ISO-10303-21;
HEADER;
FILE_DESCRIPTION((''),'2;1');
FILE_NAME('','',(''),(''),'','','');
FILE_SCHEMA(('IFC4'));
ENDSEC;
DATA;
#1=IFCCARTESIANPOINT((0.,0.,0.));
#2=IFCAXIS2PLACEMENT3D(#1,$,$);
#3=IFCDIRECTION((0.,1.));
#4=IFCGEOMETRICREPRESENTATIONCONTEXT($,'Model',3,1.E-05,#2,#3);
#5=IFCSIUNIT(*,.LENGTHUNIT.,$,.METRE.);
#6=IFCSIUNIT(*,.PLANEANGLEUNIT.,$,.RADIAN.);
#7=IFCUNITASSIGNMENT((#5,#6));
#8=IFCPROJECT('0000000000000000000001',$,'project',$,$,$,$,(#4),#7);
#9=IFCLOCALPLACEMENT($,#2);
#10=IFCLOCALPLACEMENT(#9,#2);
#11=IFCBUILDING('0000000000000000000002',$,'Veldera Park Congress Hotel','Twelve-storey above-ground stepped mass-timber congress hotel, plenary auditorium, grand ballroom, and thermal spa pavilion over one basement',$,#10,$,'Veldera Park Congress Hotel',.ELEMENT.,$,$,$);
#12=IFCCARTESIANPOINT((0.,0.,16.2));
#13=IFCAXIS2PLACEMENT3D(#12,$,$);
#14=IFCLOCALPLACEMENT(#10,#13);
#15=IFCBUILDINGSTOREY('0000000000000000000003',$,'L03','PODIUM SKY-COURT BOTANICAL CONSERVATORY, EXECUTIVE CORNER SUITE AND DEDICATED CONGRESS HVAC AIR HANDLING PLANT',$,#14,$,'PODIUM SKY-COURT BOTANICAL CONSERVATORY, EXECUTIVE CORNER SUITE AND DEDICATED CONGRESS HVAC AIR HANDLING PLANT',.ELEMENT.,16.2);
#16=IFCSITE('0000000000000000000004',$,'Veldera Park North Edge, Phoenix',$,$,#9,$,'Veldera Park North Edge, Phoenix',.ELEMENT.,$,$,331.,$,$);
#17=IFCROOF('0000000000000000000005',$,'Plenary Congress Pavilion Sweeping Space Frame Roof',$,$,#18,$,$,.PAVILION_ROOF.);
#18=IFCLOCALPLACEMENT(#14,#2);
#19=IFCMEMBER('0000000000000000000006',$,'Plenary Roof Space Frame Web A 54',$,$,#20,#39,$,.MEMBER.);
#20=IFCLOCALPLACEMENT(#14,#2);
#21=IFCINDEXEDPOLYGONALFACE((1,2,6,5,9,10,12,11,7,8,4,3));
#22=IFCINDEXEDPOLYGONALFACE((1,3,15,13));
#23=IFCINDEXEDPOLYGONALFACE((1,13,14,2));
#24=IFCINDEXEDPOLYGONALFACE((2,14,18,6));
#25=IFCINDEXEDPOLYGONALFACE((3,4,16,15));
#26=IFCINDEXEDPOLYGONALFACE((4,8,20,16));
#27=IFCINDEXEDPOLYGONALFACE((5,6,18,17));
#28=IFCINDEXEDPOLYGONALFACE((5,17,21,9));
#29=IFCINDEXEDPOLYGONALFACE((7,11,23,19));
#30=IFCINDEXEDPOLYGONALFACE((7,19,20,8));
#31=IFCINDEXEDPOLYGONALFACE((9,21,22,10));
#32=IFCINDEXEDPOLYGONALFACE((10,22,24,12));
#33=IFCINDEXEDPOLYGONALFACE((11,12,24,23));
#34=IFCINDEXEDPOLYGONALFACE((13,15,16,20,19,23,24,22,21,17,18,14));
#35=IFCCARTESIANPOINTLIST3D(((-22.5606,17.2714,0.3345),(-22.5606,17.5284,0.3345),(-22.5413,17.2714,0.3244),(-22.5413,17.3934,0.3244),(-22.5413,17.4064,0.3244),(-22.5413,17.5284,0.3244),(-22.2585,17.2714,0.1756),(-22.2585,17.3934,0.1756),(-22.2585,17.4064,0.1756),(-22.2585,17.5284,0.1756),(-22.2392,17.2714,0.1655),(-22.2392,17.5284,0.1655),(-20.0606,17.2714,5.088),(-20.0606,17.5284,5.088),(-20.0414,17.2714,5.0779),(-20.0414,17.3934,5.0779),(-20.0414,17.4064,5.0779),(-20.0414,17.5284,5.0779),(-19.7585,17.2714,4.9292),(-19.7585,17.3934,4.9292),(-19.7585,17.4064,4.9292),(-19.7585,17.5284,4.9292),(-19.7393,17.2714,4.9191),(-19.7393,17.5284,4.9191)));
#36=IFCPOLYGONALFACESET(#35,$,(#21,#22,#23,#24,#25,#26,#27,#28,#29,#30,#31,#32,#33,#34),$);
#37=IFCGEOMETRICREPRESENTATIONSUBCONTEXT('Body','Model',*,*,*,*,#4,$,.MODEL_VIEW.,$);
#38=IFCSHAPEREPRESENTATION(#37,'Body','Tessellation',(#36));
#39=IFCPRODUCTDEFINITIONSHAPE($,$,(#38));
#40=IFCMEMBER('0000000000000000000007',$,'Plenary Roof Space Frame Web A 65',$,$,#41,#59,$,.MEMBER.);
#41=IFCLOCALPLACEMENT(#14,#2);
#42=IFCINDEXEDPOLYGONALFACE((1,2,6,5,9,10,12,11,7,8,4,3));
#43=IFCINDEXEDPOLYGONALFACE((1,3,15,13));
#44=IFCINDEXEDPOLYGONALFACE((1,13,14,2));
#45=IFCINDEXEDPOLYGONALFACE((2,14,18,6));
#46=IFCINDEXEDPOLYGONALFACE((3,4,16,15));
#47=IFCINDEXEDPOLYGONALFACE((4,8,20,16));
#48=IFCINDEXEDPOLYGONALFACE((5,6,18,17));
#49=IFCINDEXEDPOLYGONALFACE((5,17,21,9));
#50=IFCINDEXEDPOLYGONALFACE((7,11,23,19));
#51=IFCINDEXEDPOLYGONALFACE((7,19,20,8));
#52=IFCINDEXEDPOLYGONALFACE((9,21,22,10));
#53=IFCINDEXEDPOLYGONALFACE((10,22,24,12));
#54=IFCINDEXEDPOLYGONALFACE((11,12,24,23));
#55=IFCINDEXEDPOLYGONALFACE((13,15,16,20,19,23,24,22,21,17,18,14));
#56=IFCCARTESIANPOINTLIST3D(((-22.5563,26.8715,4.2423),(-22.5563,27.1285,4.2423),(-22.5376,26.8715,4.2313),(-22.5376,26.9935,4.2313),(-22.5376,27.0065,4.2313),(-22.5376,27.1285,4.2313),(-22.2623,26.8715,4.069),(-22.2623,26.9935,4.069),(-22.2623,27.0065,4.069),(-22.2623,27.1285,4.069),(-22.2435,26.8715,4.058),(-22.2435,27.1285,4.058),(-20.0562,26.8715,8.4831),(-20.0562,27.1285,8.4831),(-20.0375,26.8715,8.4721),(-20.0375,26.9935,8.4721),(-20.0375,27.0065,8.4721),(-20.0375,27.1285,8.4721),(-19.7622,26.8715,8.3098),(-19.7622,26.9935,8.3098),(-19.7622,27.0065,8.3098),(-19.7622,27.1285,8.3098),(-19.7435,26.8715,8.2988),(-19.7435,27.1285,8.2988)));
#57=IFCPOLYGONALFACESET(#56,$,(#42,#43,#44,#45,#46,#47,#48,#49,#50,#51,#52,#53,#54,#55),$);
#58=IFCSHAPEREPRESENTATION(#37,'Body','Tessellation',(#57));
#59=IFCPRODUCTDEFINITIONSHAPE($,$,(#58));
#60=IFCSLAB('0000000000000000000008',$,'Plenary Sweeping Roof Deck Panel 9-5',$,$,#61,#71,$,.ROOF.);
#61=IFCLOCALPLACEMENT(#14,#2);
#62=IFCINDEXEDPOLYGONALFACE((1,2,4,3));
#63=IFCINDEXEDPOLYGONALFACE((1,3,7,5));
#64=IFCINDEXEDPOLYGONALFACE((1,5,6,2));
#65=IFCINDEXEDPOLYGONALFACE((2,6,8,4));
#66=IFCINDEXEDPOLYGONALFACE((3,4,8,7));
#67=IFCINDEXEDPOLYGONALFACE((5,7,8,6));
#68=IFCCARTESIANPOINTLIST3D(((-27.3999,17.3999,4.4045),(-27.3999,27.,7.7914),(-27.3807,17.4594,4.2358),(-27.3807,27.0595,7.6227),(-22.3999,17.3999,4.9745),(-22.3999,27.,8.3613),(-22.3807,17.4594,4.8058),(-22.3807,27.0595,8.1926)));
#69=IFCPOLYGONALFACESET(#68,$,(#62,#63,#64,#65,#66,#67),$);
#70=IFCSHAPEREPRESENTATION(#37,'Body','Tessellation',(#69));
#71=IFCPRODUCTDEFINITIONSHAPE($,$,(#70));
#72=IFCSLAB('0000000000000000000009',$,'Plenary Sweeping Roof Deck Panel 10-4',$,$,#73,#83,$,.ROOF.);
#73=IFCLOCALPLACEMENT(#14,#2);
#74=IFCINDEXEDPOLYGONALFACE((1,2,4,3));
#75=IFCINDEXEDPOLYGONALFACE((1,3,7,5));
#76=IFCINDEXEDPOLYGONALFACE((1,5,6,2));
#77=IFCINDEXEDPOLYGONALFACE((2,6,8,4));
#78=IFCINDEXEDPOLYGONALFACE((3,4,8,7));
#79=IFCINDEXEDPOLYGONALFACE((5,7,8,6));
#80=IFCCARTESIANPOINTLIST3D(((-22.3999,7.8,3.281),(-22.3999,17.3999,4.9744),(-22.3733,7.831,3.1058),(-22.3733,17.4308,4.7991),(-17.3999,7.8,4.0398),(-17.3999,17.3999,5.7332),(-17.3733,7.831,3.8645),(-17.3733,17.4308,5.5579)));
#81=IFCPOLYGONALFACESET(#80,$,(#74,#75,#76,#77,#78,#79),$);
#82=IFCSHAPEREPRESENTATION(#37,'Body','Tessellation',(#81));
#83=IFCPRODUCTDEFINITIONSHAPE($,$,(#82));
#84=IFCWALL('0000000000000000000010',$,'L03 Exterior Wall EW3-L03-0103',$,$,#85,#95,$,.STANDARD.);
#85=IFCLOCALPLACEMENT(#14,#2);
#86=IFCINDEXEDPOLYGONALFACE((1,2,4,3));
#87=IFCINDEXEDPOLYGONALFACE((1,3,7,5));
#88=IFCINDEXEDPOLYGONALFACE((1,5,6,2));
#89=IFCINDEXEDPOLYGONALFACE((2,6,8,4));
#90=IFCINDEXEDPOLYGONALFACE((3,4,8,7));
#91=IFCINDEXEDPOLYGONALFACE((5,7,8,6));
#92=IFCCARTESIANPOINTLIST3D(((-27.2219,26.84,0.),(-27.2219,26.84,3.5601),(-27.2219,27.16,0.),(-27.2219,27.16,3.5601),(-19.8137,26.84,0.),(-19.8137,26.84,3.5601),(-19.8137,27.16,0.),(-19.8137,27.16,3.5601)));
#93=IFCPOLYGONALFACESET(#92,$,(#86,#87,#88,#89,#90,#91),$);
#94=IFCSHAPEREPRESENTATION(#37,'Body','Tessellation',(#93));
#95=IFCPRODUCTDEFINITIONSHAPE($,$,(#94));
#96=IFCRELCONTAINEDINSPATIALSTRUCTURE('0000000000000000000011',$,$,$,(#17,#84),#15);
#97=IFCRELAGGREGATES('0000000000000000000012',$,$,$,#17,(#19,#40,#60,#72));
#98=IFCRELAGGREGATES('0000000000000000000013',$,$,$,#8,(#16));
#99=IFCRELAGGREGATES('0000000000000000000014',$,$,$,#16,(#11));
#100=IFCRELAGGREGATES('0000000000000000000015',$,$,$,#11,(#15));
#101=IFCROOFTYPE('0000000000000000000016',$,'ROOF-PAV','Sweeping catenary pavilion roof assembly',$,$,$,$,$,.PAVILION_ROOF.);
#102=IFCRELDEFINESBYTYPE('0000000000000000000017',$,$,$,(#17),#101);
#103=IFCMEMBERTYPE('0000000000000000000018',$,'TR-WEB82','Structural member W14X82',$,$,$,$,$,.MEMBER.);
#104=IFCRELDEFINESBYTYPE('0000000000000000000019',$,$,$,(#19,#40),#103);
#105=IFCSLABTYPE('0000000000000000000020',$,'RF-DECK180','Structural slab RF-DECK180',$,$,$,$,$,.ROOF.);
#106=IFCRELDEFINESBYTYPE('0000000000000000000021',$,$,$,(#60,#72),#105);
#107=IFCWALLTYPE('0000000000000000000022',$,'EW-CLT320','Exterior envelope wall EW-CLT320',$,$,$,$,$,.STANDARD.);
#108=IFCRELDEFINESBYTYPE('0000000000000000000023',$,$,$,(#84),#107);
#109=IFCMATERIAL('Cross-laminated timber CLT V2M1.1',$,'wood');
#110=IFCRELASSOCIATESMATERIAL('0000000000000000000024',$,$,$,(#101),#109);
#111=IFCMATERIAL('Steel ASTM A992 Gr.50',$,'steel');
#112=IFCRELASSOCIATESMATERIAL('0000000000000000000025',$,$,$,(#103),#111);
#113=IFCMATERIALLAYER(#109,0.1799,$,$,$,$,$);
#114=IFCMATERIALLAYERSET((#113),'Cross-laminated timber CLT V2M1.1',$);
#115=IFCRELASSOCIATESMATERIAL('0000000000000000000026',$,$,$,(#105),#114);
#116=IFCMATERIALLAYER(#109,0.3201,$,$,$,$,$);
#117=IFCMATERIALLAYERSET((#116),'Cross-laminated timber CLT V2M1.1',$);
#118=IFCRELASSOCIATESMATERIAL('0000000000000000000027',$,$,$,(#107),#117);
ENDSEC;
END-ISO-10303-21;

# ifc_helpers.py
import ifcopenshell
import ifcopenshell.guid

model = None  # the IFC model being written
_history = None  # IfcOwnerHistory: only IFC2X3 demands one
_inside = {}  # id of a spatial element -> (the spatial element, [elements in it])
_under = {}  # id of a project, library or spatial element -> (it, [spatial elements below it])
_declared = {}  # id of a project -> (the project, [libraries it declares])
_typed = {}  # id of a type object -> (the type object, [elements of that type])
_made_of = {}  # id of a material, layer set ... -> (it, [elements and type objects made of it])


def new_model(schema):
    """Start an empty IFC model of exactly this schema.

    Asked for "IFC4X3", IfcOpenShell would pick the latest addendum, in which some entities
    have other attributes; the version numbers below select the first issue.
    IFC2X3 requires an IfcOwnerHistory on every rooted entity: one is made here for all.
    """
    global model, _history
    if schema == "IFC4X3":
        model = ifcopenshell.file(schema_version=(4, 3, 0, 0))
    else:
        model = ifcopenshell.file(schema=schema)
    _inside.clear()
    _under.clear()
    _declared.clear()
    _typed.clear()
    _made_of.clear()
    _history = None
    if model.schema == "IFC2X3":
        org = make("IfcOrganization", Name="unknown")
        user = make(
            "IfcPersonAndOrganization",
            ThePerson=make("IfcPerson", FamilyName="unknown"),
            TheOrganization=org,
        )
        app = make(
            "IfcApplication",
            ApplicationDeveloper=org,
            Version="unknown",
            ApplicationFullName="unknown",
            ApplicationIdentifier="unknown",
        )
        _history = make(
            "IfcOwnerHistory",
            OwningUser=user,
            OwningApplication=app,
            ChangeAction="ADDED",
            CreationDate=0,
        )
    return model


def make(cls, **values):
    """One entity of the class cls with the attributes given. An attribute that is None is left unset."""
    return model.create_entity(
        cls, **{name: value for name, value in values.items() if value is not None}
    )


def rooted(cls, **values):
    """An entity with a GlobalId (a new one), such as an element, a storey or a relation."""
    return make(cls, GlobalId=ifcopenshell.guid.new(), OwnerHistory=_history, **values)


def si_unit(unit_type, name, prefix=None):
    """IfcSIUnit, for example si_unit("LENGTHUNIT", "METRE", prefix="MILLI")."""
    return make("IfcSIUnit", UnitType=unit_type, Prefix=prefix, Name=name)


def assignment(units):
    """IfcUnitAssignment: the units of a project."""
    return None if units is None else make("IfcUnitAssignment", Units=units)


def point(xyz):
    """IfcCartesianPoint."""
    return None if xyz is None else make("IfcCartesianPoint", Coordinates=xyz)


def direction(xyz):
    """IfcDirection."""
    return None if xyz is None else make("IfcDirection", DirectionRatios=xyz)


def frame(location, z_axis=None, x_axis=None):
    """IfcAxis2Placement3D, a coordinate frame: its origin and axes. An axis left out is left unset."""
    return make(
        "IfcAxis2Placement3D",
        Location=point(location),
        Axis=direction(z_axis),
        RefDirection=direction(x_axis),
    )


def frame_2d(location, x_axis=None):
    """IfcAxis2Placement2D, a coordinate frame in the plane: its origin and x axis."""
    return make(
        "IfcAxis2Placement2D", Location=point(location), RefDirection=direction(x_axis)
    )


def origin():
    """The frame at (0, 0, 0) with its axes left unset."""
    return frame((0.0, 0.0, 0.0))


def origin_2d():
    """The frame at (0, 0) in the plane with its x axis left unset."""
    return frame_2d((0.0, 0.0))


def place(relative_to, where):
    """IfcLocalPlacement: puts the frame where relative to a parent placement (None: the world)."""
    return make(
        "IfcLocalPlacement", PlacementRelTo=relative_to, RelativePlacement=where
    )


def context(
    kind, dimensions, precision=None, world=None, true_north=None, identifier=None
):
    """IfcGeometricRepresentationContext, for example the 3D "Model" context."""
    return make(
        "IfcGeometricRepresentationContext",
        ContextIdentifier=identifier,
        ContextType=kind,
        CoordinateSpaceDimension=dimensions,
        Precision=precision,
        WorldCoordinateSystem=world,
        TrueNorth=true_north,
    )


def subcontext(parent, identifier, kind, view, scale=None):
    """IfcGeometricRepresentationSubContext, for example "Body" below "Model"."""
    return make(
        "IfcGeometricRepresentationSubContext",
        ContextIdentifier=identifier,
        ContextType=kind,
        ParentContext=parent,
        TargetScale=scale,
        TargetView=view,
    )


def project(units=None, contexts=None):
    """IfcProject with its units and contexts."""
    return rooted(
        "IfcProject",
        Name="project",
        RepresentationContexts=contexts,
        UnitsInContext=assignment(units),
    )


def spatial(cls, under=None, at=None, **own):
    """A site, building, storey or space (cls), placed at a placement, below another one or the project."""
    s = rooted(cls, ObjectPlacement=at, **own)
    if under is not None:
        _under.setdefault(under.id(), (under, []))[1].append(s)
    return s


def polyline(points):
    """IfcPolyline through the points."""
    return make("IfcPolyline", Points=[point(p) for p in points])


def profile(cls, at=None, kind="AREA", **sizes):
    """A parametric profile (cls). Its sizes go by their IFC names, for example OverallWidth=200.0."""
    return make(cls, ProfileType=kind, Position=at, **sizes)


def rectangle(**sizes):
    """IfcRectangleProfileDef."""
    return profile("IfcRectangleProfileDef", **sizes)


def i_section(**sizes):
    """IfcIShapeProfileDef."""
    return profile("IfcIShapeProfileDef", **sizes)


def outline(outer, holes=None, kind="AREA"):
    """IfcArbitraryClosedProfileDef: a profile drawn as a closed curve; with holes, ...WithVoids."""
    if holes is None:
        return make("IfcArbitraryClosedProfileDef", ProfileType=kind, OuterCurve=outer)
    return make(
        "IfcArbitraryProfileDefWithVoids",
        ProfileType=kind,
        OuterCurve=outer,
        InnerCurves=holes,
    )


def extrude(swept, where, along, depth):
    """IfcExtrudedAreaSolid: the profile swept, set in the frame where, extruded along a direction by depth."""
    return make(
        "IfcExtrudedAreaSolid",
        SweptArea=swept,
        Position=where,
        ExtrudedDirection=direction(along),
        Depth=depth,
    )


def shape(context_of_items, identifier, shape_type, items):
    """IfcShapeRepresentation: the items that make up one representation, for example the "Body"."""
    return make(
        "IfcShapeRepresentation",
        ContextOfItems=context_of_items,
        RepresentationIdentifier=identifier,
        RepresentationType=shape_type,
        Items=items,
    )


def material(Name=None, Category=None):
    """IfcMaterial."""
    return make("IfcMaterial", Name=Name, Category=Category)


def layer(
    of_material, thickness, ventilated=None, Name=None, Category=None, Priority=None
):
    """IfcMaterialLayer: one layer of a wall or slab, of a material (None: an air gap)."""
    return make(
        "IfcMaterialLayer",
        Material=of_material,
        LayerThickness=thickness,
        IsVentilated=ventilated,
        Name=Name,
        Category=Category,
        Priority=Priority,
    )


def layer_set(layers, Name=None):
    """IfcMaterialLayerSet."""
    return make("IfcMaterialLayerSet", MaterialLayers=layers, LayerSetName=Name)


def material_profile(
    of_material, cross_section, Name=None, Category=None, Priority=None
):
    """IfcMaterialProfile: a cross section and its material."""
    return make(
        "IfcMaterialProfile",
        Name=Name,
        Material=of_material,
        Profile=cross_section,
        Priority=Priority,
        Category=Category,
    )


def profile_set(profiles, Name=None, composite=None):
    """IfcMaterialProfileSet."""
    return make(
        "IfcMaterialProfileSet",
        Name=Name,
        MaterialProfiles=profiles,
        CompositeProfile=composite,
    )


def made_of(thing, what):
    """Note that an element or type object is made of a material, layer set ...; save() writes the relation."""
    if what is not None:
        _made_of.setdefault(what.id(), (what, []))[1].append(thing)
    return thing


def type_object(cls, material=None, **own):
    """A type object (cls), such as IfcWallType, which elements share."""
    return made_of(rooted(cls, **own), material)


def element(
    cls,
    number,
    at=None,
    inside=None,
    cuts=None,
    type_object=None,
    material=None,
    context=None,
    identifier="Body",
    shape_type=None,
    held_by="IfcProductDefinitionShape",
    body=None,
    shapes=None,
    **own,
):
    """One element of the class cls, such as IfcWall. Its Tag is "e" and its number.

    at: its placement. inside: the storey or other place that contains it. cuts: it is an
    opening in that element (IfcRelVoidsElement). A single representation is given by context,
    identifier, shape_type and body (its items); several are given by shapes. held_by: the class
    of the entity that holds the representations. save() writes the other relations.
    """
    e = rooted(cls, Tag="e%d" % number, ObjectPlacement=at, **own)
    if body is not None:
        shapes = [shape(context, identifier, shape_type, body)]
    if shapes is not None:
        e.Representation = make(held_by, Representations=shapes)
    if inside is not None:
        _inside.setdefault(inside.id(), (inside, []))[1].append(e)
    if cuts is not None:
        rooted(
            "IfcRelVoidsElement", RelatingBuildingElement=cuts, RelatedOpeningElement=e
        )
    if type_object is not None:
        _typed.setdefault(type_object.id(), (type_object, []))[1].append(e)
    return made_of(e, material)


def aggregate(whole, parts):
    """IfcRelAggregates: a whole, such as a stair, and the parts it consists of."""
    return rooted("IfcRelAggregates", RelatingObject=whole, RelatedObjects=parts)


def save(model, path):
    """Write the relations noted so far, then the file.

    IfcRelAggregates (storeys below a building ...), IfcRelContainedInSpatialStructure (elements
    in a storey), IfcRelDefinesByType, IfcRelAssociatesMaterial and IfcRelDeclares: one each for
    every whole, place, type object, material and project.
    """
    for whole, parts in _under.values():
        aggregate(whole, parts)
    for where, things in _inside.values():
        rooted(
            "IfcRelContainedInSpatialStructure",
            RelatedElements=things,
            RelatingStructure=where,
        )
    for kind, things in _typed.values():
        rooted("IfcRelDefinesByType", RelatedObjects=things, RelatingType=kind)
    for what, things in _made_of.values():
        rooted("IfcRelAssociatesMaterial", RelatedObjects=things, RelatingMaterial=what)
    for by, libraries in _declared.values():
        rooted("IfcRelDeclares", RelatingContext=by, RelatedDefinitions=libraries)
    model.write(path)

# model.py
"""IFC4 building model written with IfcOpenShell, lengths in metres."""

from ifc_helpers import new_model, si_unit, direction, frame, frame_2d, origin, origin_2d, place, context, subcontext, project, spatial, polyline, rectangle, i_section, outline, extrude, material, layer, layer_set, material_profile, profile_set, type_object, element, aggregate, save


model = new_model("IFC4")

# Units and contexts
model_context = context("Model", 3, precision=1e-05, world=origin(), true_north=direction((0.0, 1.0)))
body_context = subcontext(model_context, "Body", "Model", "MODEL_VIEW")
ifc_project = project(units=[si_unit("LENGTHUNIT", "METRE"), si_unit("PLANEANGLEUNIT", "RADIAN")], contexts=[model_context])

# Site, building, storey
site_placement = place(None, origin())
site = spatial("IfcSite", under=ifc_project, at=site_placement, Name="Veldera Park North Edge, Phoenix", LongName="Veldera Park North Edge, Phoenix", CompositionType="ELEMENT", RefElevation=331.0)
building_placement = place(site_placement, origin())
building = spatial("IfcBuilding", under=site, at=building_placement, Name="Veldera Park Congress Hotel", Description="Twelve-storey above-ground stepped mass-timber congress hotel, plenary auditorium, grand ballroom, and thermal spa pavilion over one basement", LongName="Veldera Park Congress Hotel", CompositionType="ELEMENT")
storey_placement = place(building_placement, frame((0.0, 0.0, 16.2)))
storey = spatial("IfcBuildingStorey", under=building, at=storey_placement, Name="L03", Description="PODIUM SKY-COURT BOTANICAL CONSERVATORY, EXECUTIVE CORNER SUITE AND DEDICATED CONGRESS HVAC AIR HANDLING PLANT", LongName="PODIUM SKY-COURT BOTANICAL CONSERVATORY, EXECUTIVE CORNER SUITE AND DEDICATED CONGRESS HVAC AIR HANDLING PLANT", CompositionType="ELEMENT", Elevation=16.2)

# Roof, members, slabs
ifc_material_1 = material(Name="Cross-laminated timber CLT V2M1.1", Category="wood")
roof_type = type_object("IfcRoofType", Name="ROOF-PAV", Description="Sweeping catenary pavilion roof assembly", PredefinedType="PAVILION_ROOF", material=ifc_material_1)
roof_placement = place(storey_placement, origin())
roof = element("IfcRoof", 1, at=roof_placement, inside=storey, type_object=roof_type, Name="Plenary Congress Pavilion Sweeping Space Frame Roof", PredefinedType="PAVILION_ROOF")
ifc_material_2 = material(Name="Steel ASTM A992 Gr.50", Category="steel")
ifc_material_profile_1 = material_profile(ifc_material_2, i_section(OverallWidth=0.2571, OverallDepth=0.363, WebThickness=0.0129, FlangeThickness=0.0217, at=origin_2d()), Name="W14X82")
ifc_profile_set_1 = profile_set([ifc_material_profile_1], Name="Steel ASTM A992 Gr.50")
member_type_1 = type_object("IfcMemberType", Name="TR-WEB82", Description="Structural member W14X82", PredefinedType="MEMBER", material=ifc_profile_set_1)
member_1_placement = place(storey_placement, frame((-22.3999, 17.3999, 0.25), z_axis=(0.465465, 0.0, 0.885066), x_axis=(0.0, 1.0, 0.0)))
member_1 = element("IfcMember", 2, at=member_1_placement, type_object=member_type_1, Name="Plenary Roof Space Frame Web A 54", PredefinedType="MEMBER", context=body_context, shape_type="SweptSolid", body=[
    extrude(i_section(OverallWidth=0.2571, OverallDepth=0.363, WebThickness=0.0129, FlangeThickness=0.0217, at=origin_2d()), origin(), (0.0, 0.0, 1.0), 5.3708),
])
member_2_placement = place(storey_placement, frame((-22.3999, 27.0, 4.1501), z_axis=(0.507843, 0.0, 0.861449), x_axis=(0.0, 1.0, 0.0)))
member_2 = element("IfcMember", 3, at=member_2_placement, type_object=member_type_1, Name="Plenary Roof Space Frame Web A 65", PredefinedType="MEMBER", context=body_context, shape_type="SweptSolid", body=[
    extrude(i_section(OverallWidth=0.2571, OverallDepth=0.363, WebThickness=0.0129, FlangeThickness=0.0217, at=origin_2d()), origin(), (0.0, 0.0, 1.0), 4.9229),
])
ifc_layer_1 = layer(ifc_material_1, 0.1799)
ifc_layer_set_1 = layer_set([ifc_layer_1], Name="Cross-laminated timber CLT V2M1.1")
slab_type = type_object("IfcSlabType", Name="RF-DECK180", Description="Structural slab RF-DECK180", PredefinedType="ROOF", material=ifc_layer_set_1)
slab_1_placement = place(storey_placement, frame((-27.3999, 17.3999, 4.4045), z_axis=(-0.10688, -0.33079, 0.937633), x_axis=(0.993566, -0.000008, 0.113253)))
slab_1 = element("IfcSlab", 4, at=slab_1_placement, type_object=slab_type, Name="Plenary Sweeping Roof Deck Panel 9-5", PredefinedType="ROOF", context=body_context, shape_type="SweptSolid", body=[
    extrude(outline(polyline([(0.0, 0.0), (5.0324, 0.0), (5.4159, 10.1728), (0.3835, 10.1727), (0.0, 0.0)])), origin(), (0.0, 0.0, -1.0), 0.1799),
])
slab_2_placement = place(storey_placement, frame((-22.3999, 7.8, 3.281), z_axis=(-0.147809, -0.171804, 0.973979), x_axis=(0.98868, 0.0, 0.15004)))
slab_2 = element("IfcSlab", 5, at=slab_2_placement, type_object=slab_type, Name="Plenary Sweeping Roof Deck Panel 10-4", PredefinedType="ROOF", context=body_context, shape_type="SweptSolid", body=[
    extrude(outline(polyline([(0.0, 0.0), (5.0572, 0.0), (5.3113, 9.7447), (0.2541, 9.7447), (0.0, 0.0)])), origin(), (0.0, 0.0, -1.0), 0.1799),
])
aggregate(roof, [member_1, member_2, slab_1, slab_2])

# Wall
ifc_layer_2 = layer(ifc_material_1, 0.3201)
ifc_layer_set_2 = layer_set([ifc_layer_2], Name="Cross-laminated timber CLT V2M1.1")
wall_type = type_object("IfcWallType", Name="EW-CLT320", Description="Exterior envelope wall EW-CLT320", PredefinedType="STANDARD", material=ifc_layer_set_2)
wall_placement = place(storey_placement, frame((-27.2219, 27.0, 0.0), z_axis=(0.0, 0.0, 1.0), x_axis=(1.0, 0.0, 0.0)))
element("IfcWall", 6, at=wall_placement, inside=storey, type_object=wall_type, Name="L03 Exterior Wall EW3-L03-0103", PredefinedType="STANDARD", context=body_context, shape_type="SweptSolid", body=[
    extrude(rectangle(XDim=7.4082, YDim=0.3201, at=frame_2d((3.7041, 0.0))), origin(), (0.0, 0.0, 1.0), 3.5601),
])

save(model, "model.ifc")
